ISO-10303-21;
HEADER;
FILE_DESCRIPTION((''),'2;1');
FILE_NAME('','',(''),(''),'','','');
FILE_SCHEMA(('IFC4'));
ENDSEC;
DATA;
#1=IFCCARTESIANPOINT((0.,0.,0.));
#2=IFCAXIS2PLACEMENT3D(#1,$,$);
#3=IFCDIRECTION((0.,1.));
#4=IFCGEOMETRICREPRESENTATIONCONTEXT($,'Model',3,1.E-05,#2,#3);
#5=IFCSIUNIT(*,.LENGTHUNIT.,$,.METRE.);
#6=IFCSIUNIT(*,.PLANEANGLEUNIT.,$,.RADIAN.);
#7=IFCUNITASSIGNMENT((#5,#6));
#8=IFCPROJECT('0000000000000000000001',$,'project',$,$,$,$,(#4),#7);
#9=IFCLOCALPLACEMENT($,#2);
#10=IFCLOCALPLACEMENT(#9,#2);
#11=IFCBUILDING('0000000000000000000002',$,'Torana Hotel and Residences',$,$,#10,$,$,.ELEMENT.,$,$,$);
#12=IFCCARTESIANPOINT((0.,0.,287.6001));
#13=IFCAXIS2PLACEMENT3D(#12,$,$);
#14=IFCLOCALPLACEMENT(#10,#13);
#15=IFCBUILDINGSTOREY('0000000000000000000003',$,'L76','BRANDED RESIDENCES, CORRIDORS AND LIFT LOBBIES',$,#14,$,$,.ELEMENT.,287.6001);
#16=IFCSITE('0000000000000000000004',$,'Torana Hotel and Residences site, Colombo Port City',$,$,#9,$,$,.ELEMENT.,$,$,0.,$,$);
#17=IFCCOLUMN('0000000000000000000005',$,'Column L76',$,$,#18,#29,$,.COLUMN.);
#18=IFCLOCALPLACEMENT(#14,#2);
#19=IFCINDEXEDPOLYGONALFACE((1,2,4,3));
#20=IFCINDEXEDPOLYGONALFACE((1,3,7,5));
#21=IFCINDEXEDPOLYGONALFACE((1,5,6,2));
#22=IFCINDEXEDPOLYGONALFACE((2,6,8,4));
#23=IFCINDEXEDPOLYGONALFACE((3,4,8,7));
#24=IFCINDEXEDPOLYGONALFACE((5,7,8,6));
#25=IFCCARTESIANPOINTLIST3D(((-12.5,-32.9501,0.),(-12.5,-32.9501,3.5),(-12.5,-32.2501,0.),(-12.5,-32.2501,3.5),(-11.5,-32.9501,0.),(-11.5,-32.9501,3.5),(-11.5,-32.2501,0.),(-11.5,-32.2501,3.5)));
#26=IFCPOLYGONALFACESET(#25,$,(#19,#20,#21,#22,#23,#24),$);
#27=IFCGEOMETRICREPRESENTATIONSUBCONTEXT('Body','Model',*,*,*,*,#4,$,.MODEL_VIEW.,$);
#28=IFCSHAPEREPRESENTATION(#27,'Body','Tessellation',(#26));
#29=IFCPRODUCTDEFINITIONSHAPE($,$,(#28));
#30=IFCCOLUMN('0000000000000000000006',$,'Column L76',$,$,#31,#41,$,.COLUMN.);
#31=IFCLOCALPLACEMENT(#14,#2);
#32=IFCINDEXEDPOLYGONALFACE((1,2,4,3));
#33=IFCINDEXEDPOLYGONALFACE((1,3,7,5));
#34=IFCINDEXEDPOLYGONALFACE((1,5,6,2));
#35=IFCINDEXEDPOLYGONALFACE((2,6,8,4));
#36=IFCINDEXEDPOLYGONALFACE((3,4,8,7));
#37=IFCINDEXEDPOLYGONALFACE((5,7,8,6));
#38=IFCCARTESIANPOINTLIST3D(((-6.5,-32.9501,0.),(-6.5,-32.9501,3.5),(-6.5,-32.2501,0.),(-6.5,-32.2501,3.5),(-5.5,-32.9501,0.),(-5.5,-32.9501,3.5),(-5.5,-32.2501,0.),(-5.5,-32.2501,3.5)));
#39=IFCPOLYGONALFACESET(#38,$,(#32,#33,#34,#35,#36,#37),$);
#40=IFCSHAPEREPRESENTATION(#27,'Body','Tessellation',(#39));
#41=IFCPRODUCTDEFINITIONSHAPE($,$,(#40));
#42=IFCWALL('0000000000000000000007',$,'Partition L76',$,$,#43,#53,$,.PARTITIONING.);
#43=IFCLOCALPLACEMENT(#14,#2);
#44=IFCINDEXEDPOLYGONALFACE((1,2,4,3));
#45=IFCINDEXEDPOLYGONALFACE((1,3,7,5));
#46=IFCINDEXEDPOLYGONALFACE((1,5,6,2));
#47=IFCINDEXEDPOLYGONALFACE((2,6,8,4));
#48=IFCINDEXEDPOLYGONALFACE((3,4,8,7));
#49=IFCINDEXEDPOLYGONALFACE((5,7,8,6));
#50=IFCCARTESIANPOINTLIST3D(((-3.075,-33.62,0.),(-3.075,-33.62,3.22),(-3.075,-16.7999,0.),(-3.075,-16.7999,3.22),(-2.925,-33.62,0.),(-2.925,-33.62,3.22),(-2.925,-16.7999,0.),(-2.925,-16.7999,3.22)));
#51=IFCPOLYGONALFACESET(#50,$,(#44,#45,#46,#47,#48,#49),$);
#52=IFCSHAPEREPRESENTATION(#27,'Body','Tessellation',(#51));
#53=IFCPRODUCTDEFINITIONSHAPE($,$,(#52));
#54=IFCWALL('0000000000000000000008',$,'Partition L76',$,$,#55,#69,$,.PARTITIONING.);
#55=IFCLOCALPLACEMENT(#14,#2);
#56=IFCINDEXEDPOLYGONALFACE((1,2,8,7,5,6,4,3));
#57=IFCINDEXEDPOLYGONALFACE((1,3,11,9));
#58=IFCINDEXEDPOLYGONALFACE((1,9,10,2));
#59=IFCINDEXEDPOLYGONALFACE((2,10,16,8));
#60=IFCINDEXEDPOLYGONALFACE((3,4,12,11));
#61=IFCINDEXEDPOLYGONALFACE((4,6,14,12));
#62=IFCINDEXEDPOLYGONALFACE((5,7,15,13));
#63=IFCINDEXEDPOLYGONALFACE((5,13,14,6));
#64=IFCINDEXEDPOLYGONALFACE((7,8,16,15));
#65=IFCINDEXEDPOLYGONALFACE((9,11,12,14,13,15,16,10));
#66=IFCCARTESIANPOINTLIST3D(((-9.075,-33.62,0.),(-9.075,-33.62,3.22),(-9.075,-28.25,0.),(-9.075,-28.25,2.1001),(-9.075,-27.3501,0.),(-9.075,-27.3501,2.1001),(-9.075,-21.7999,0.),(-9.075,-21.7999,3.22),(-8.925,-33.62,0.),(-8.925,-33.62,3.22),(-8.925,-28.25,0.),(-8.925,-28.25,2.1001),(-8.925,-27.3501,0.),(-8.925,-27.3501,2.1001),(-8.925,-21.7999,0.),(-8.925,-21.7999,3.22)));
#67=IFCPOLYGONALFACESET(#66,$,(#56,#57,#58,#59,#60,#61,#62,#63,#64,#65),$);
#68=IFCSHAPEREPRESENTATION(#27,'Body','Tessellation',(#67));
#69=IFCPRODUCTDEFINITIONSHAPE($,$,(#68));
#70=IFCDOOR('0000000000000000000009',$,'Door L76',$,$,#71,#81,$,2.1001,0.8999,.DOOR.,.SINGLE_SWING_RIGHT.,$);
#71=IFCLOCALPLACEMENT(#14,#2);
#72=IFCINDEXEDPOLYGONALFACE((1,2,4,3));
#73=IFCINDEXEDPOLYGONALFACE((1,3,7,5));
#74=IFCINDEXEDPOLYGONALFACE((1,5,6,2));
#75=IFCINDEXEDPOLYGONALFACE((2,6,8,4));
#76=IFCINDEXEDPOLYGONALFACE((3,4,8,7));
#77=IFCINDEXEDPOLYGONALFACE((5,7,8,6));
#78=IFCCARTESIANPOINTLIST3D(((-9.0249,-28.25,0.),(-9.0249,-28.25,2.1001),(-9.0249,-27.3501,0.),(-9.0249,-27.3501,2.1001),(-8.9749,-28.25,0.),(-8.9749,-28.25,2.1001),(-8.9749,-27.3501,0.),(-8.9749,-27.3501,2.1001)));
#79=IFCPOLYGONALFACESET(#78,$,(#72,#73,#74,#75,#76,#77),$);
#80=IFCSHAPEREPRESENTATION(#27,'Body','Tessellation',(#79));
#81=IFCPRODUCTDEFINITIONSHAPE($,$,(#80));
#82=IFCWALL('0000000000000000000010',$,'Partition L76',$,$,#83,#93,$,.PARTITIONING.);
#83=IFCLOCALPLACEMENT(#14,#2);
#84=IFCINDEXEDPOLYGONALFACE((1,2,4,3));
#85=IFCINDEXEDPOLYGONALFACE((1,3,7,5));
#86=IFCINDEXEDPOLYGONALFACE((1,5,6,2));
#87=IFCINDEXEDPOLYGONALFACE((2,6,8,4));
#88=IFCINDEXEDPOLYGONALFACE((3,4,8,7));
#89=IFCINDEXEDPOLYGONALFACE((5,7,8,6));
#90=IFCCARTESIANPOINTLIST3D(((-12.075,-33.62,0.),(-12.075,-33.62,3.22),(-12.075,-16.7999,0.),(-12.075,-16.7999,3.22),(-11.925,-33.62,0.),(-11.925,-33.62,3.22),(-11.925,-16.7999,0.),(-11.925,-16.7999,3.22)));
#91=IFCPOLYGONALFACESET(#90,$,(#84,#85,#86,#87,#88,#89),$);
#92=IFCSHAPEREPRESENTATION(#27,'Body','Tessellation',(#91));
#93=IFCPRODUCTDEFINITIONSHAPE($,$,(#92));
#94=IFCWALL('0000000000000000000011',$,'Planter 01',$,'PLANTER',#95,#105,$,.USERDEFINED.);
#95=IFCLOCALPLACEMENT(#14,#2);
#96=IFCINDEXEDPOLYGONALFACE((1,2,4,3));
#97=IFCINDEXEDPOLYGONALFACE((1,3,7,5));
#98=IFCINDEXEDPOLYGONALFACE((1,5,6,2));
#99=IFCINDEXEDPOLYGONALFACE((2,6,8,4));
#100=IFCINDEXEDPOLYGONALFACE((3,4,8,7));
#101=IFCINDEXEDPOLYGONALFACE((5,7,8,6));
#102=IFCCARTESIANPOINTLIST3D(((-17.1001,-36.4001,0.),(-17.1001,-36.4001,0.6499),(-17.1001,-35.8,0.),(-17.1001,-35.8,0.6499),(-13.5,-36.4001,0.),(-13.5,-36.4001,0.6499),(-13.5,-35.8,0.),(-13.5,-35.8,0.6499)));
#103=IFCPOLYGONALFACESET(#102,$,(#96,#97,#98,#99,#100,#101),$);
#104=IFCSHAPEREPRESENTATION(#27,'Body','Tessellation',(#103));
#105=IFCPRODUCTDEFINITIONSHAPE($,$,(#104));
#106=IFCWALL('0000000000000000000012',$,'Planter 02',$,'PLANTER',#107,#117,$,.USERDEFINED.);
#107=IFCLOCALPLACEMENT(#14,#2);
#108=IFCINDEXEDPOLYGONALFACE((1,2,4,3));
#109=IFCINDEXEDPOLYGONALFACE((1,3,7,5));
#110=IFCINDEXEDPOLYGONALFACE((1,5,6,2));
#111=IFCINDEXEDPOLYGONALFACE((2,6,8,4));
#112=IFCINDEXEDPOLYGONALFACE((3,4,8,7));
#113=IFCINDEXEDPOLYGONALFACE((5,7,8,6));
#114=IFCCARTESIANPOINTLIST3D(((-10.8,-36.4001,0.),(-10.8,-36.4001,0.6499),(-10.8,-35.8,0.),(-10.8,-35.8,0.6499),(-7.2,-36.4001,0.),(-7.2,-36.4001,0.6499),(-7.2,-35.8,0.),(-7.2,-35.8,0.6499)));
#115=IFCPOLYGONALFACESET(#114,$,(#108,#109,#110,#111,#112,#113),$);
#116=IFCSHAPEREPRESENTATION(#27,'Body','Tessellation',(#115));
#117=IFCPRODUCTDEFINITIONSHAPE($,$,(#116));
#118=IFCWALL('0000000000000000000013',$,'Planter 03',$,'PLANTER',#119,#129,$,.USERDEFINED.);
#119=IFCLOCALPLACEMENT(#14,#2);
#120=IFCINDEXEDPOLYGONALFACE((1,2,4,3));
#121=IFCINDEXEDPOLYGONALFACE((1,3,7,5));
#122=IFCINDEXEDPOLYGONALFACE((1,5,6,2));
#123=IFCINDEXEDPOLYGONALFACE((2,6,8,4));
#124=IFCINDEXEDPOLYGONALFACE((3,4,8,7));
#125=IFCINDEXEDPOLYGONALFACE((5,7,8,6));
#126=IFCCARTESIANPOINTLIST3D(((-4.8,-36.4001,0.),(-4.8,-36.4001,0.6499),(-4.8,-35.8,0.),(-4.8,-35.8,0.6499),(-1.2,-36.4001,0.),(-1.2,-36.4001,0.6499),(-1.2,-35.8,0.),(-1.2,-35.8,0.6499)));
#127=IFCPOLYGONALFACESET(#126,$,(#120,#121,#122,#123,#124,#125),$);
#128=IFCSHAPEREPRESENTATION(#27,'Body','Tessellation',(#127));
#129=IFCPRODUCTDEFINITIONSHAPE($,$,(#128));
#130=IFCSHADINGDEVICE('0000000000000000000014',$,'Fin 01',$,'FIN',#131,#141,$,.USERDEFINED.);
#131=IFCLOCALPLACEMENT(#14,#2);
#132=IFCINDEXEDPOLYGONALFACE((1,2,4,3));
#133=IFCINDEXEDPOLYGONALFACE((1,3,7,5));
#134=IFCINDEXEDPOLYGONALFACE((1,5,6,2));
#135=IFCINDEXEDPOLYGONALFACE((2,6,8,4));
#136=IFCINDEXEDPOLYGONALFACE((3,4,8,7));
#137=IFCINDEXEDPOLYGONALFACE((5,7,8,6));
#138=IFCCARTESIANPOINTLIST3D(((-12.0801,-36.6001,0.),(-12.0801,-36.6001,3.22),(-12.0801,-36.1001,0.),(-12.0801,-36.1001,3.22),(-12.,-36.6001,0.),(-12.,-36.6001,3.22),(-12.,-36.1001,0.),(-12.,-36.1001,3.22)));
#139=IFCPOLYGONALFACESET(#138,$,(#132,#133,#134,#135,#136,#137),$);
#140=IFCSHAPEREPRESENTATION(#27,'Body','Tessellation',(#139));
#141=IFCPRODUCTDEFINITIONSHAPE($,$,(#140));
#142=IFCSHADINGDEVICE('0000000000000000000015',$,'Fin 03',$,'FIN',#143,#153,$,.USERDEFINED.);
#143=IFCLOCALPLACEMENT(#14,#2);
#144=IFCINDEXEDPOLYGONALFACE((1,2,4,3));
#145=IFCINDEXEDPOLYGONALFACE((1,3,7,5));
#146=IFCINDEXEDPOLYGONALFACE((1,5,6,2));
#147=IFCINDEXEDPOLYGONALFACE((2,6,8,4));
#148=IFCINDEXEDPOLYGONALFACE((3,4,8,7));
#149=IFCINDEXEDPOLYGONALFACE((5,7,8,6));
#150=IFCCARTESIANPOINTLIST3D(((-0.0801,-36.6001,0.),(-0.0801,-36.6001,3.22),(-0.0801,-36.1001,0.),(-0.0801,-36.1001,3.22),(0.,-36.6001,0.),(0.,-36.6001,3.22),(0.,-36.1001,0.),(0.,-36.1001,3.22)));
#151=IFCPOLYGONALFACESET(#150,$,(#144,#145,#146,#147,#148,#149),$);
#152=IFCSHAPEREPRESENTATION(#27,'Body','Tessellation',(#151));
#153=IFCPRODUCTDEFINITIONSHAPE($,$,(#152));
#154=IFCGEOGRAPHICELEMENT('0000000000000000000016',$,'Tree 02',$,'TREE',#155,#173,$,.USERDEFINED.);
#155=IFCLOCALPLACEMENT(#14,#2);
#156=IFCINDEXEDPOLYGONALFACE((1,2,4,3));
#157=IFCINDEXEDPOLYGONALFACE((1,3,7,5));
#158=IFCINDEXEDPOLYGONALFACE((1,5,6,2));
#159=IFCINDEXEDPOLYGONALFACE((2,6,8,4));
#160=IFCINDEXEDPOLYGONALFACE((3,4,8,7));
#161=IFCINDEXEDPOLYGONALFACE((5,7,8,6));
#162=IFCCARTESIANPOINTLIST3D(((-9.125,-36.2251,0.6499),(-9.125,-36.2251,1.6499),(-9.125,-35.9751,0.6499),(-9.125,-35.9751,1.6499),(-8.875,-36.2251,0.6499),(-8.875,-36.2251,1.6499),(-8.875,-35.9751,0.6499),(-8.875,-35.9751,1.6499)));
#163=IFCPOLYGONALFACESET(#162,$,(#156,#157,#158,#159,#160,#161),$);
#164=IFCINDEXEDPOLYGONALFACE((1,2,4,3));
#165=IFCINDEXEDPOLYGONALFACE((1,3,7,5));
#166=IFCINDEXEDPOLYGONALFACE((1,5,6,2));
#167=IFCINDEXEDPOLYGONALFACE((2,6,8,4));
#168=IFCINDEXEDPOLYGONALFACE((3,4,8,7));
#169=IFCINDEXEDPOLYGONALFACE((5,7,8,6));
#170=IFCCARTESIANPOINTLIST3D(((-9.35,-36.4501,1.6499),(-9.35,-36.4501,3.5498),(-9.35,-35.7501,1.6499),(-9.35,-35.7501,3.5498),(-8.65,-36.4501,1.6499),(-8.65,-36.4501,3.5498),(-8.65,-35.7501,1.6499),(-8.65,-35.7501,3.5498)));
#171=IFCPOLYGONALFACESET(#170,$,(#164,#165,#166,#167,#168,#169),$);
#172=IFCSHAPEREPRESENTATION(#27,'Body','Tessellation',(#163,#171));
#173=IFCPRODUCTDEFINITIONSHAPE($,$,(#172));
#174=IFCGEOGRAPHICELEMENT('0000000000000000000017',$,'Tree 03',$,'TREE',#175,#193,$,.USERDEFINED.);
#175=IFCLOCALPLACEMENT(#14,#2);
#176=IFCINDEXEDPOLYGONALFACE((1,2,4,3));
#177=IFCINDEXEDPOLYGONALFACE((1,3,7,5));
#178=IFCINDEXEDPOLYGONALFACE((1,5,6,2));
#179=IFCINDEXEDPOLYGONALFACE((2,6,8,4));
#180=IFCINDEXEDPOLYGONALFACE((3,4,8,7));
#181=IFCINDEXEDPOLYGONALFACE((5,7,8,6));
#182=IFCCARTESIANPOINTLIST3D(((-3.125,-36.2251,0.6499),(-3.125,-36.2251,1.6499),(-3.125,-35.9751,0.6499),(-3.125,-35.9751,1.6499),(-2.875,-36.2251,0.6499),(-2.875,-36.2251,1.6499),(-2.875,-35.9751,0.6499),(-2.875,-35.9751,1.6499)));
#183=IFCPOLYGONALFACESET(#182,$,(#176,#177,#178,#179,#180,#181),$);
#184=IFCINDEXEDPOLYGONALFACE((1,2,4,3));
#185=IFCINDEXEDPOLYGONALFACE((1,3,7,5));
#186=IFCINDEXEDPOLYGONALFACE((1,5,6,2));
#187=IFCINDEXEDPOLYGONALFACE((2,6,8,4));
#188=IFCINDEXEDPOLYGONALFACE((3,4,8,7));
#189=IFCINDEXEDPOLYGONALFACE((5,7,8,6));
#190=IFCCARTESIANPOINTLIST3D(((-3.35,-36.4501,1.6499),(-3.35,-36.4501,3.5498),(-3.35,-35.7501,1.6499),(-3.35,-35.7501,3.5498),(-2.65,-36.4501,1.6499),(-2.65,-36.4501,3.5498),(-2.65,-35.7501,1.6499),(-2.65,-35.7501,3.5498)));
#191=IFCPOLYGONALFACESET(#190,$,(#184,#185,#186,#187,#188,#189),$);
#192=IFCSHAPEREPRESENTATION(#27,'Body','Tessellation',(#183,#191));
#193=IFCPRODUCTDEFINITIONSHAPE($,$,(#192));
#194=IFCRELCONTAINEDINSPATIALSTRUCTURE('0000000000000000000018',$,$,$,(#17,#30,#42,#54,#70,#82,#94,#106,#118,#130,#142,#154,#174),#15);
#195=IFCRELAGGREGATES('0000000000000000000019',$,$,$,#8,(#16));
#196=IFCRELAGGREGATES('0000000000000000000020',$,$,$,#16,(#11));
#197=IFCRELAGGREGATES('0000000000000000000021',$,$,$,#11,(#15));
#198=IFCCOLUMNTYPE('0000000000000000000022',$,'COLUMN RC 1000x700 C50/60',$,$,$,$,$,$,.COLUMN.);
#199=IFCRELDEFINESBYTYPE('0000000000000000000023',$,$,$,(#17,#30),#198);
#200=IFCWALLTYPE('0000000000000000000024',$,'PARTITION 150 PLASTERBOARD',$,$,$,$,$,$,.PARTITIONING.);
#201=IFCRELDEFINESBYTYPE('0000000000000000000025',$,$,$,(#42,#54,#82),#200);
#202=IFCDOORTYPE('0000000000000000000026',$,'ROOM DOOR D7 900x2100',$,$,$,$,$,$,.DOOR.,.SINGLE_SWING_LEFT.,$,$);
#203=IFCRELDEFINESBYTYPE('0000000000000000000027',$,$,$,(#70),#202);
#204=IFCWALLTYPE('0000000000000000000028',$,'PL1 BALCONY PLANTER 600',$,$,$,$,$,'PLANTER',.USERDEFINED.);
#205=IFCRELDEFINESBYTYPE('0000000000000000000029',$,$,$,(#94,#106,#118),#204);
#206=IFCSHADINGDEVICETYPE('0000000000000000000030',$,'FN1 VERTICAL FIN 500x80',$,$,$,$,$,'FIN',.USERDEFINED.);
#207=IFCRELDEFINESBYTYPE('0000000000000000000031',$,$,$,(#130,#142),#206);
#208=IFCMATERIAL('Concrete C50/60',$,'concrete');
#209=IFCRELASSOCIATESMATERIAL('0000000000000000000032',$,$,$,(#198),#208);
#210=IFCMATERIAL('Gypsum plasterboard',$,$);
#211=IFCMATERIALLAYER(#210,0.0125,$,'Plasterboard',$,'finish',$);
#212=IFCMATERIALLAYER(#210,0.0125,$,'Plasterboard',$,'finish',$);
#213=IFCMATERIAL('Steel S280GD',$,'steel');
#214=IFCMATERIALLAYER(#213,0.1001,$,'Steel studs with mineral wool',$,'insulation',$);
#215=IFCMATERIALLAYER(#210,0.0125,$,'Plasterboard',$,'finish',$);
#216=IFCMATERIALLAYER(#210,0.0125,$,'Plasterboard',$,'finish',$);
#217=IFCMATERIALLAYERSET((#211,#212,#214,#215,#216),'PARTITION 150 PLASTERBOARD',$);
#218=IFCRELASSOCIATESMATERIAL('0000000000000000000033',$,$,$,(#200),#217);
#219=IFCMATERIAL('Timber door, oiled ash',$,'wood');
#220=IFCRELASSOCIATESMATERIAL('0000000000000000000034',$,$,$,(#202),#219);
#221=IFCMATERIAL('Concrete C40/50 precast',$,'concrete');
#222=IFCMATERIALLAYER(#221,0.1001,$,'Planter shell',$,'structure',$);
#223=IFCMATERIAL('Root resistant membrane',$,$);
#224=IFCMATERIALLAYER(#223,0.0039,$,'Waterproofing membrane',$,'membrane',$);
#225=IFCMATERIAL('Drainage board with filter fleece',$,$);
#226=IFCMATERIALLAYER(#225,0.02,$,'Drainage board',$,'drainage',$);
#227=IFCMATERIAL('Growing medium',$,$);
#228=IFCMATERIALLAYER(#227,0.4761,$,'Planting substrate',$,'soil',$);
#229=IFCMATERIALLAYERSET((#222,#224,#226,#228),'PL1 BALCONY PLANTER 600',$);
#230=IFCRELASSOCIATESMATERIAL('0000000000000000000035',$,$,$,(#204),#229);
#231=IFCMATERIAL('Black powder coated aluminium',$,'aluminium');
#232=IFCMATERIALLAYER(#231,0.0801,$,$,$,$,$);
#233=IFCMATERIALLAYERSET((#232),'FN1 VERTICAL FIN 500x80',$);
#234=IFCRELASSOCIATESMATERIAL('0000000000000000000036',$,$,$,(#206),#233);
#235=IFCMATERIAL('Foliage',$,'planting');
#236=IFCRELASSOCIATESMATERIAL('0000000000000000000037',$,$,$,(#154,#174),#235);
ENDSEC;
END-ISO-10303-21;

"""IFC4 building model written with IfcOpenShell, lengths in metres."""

from ifc_helpers import new_model, si_unit, direction, frame, frame_2d, origin, origin_2d, place, context, subcontext, project, spatial, rectangle, extrude, material, layer, layer_set, material_profile, profile_set, type_object, element, fill, save


model = new_model("IFC4")

# Units and contexts
model_context = context("Model", 3, precision=1e-05, world=origin(), true_north=direction((0.0, 1.0)))
body_context = subcontext(model_context, "Body", "Model", "MODEL_VIEW")
ifc_project = project(units=[si_unit("LENGTHUNIT", "METRE"), si_unit("PLANEANGLEUNIT", "RADIAN")], contexts=[model_context])

# Site, building, storey
site_placement = place(None, origin())
site = spatial("IfcSite", under=ifc_project, at=site_placement, Name="Torana Hotel and Residences site, Colombo Port City", CompositionType="ELEMENT", RefElevation=0.0)
building_placement = place(site_placement, origin())
building = spatial("IfcBuilding", under=site, at=building_placement, Name="Torana Hotel and Residences", CompositionType="ELEMENT")
storey_placement = place(building_placement, frame((0.0, 0.0, 287.6001)))
storey = spatial("IfcBuildingStorey", under=building, at=storey_placement, Name="L76", Description="BRANDED RESIDENCES, CORRIDORS AND LIFT LOBBIES", CompositionType="ELEMENT", Elevation=287.6001)

# Columns
ifc_material_1 = material(Name="Concrete C50/60", Category="concrete")
ifc_material_profile = material_profile(ifc_material_1, rectangle(XDim=1.0, YDim=0.7, at=origin_2d()), Name="RC 1000x700")
ifc_profile_set = profile_set([ifc_material_profile], Name="Concrete C50/60")
column_type = type_object("IfcColumnType", Name="COLUMN RC 1000x700 C50/60", PredefinedType="COLUMN", material=ifc_profile_set)
for number, where, z_axis, x_axis, name in (
    (1, (-12.0, -32.6001, 0.0), (0.0, 0.0, 1.0), (1.0, 0.0, 0.0), "Column L76"),
    (2, (-6.0, -32.6001, 0.0), (0.0, 0.0, 1.0), (1.0, 0.0, 0.0), "Column L76"),
):
    element("IfcColumn", number, at=place(storey_placement, frame(where, z_axis=z_axis, x_axis=x_axis)), inside=storey, type_object=column_type, Name=name, PredefinedType="COLUMN", context=body_context, shape_type="SweptSolid", body=[
        extrude(rectangle(XDim=1.0, YDim=0.7, at=origin_2d()), origin(), (0.0, 0.0, 1.0), 3.5),
    ])

# Wall
ifc_material_2 = material(Name="Gypsum plasterboard")
ifc_layer_1 = layer(ifc_material_2, 0.0125, Name="Plasterboard", Category="finish")
ifc_layer_2 = layer(ifc_material_2, 0.0125, Name="Plasterboard", Category="finish")
ifc_material_3 = material(Name="Steel S280GD", Category="steel")
ifc_layer_3 = layer(ifc_material_3, 0.1001, Name="Steel studs with mineral wool", Category="insulation")
ifc_layer_4 = layer(ifc_material_2, 0.0125, Name="Plasterboard", Category="finish")
ifc_layer_5 = layer(ifc_material_2, 0.0125, Name="Plasterboard", Category="finish")
ifc_layer_set_1 = layer_set([ifc_layer_1, ifc_layer_2, ifc_layer_3, ifc_layer_4, ifc_layer_5], Name="PARTITION 150 PLASTERBOARD")
wall_type_1 = type_object("IfcWallType", Name="PARTITION 150 PLASTERBOARD", PredefinedType="PARTITIONING", material=ifc_layer_set_1)
wall_1_placement = place(storey_placement, frame((-3.0, -33.6201, 0.0), z_axis=(0.0, 0.0, 1.0), x_axis=(0.0, 1.0, 0.0)))
element("IfcWall", 3, at=wall_1_placement, inside=storey, type_object=wall_type_1, Name="Partition L76", PredefinedType="PARTITIONING", context=body_context, shape_type="SweptSolid", body=[
    extrude(rectangle(XDim=16.8201, YDim=0.1499, at=frame_2d((8.4102, 0.0))), origin(), (0.0, 0.0, 1.0), 3.22),
])

# Wall, opening, door
wall_2_placement = place(storey_placement, frame((-9.0, -33.6201, 0.0), z_axis=(0.0, 0.0, 1.0), x_axis=(0.0, 1.0, 0.0)))
wall_2 = element("IfcWall", 4, at=wall_2_placement, inside=storey, type_object=wall_type_1, Name="Partition L76", PredefinedType="PARTITIONING", context=body_context, shape_type="SweptSolid", body=[
    extrude(rectangle(XDim=11.8201, YDim=0.1499, at=frame_2d((5.9102, 0.0))), origin(), (0.0, 0.0, 1.0), 3.22),
])
opening_placement = place(wall_2_placement, frame((5.3701, 0.0, 0.0)))
opening = element("IfcOpeningElement", 5, at=opening_placement, cuts=wall_2, PredefinedType="OPENING", context=body_context, shape_type="SweptSolid", body=[
    extrude(rectangle(XDim=0.8999, YDim=2.1001, at=frame_2d((0.45, 1.05))), frame((0.0, 0.085, 0.0), z_axis=(0.0, -1.0, 0.0), x_axis=(1.0, 0.0, 0.0)), (0.0, 0.0, 1.0), 0.1699),
])
ifc_material_4 = material(Name="Timber door, oiled ash", Category="wood")
door_type = type_object("IfcDoorType", Name="ROOM DOOR D7 900x2100", OperationType="SINGLE_SWING_LEFT", PredefinedType="DOOR", material=ifc_material_4)
door_placement = place(opening_placement, origin())
door = element("IfcDoor", 6, at=door_placement, inside=storey, type_object=door_type, Name="Door L76", OperationType="SINGLE_SWING_RIGHT", OverallHeight=2.1001, OverallWidth=0.8999, PredefinedType="DOOR", context=body_context, shape_type="SweptSolid", body=[
    extrude(rectangle(XDim=0.8999, YDim=2.1001, at=frame_2d((0.45, 1.05))), frame((0.0, 0.0249, 0.0), z_axis=(0.0, -1.0, 0.0), x_axis=(1.0, 0.0, 0.0)), (0.0, 0.0, 1.0), 0.05),
])
fill(opening, door)

# Walls
wall_3_placement = place(storey_placement, frame((-12.0, -33.6201, 0.0), z_axis=(0.0, 0.0, 1.0), x_axis=(0.0, 1.0, 0.0)))
element("IfcWall", 7, at=wall_3_placement, inside=storey, type_object=wall_type_1, Name="Partition L76", PredefinedType="PARTITIONING", context=body_context, shape_type="SweptSolid", body=[
    extrude(rectangle(XDim=16.8201, YDim=0.1499, at=frame_2d((8.4102, 0.0))), origin(), (0.0, 0.0, 1.0), 3.22),
])
ifc_material_5 = material(Name="Concrete C40/50 precast", Category="concrete")
ifc_layer_6 = layer(ifc_material_5, 0.1001, Name="Planter shell", Category="structure")
ifc_material_6 = material(Name="Root resistant membrane")
ifc_layer_7 = layer(ifc_material_6, 0.0039, Name="Waterproofing membrane", Category="membrane")
ifc_material_7 = material(Name="Drainage board with filter fleece")
ifc_layer_8 = layer(ifc_material_7, 0.02, Name="Drainage board", Category="drainage")
ifc_material_8 = material(Name="Growing medium")
ifc_layer_9 = layer(ifc_material_8, 0.4761, Name="Planting substrate", Category="soil")
ifc_layer_set_2 = layer_set([ifc_layer_6, ifc_layer_7, ifc_layer_8, ifc_layer_9], Name="PL1 BALCONY PLANTER 600")
wall_type_2 = type_object("IfcWallType", Name="PL1 BALCONY PLANTER 600", ElementType="PLANTER", PredefinedType="USERDEFINED", material=ifc_layer_set_2)
for number, where, z_axis, x_axis, name in (
    (8, (-13.5, -36.1001, 0.0), (0.0, 0.0, 1.0), (-1.0, 0.0, 0.0), "Planter 01"),
    (9, (-7.2, -36.1001, 0.0), (0.0, 0.0, 1.0), (-1.0, 0.0, 0.0), "Planter 02"),
    (10, (-1.2, -36.1001, 0.0), (0.0, 0.0, 1.0), (-1.0, 0.0, 0.0), "Planter 03"),
):
    element("IfcWall", number, at=place(storey_placement, frame(where, z_axis=z_axis, x_axis=x_axis)), inside=storey, type_object=wall_type_2, Name=name, ObjectType="PLANTER", PredefinedType="USERDEFINED", context=body_context, shape_type="SweptSolid", body=[
        extrude(rectangle(XDim=3.6001, YDim=0.6001, at=frame_2d((1.8, 0.0))), origin(), (0.0, 0.0, 1.0), 0.6499),
    ])

# Shading devices
ifc_material_9 = material(Name="Black powder coated aluminium", Category="aluminium")
ifc_layer_10 = layer(ifc_material_9, 0.0801)
ifc_layer_set_3 = layer_set([ifc_layer_10], Name="FN1 VERTICAL FIN 500x80")
shading_device_type = type_object("IfcShadingDeviceType", Name="FN1 VERTICAL FIN 500x80", ElementType="FIN", PredefinedType="USERDEFINED", material=ifc_layer_set_3)
for number, where, z_axis, x_axis, name in (
    (11, (-12.04, -36.3501, 0.0), (0.0, 0.0, 1.0), (-1.0, 0.0, 0.0), "Fin 01"),
    (12, (-0.04, -36.3501, 0.0), (0.0, 0.0, 1.0), (-1.0, 0.0, 0.0), "Fin 03"),
):
    element("IfcShadingDevice", number, at=place(storey_placement, frame(where, z_axis=z_axis, x_axis=x_axis)), inside=storey, type_object=shading_device_type, Name=name, ObjectType="FIN", PredefinedType="USERDEFINED", context=body_context, shape_type="SweptSolid", body=[
        extrude(rectangle(XDim=0.0801, YDim=0.5, at=origin_2d()), origin(), (0.0, 0.0, 1.0), 3.22),
    ])

# Geographic elements
ifc_material_10 = material(Name="Foliage", Category="planting")
for number, where, z_axis, x_axis, name in (
    (13, (-9.0, -36.1001, 0.6499), (0.0, 0.0, 1.0), (1.0, 0.0, 0.0), "Tree 02"),
    (14, (-3.0, -36.1001, 0.6499), (0.0, 0.0, 1.0), (1.0, 0.0, 0.0), "Tree 03"),
):
    element("IfcGeographicElement", number, at=place(storey_placement, frame(where, z_axis=z_axis, x_axis=x_axis)), inside=storey, material=ifc_material_10, Name=name, ObjectType="TREE", PredefinedType="USERDEFINED", context=body_context, shape_type="SweptSolid", body=[
        extrude(rectangle(XDim=0.25, YDim=0.25, at=origin_2d()), origin(), (0.0, 0.0, 1.0), 1.0),
        extrude(rectangle(XDim=0.7, YDim=0.7, at=origin_2d()), frame((0.0, 0.0, 1.0)), (0.0, 0.0, 1.0), 1.8999),
    ])

save(model, "model.ifc")
